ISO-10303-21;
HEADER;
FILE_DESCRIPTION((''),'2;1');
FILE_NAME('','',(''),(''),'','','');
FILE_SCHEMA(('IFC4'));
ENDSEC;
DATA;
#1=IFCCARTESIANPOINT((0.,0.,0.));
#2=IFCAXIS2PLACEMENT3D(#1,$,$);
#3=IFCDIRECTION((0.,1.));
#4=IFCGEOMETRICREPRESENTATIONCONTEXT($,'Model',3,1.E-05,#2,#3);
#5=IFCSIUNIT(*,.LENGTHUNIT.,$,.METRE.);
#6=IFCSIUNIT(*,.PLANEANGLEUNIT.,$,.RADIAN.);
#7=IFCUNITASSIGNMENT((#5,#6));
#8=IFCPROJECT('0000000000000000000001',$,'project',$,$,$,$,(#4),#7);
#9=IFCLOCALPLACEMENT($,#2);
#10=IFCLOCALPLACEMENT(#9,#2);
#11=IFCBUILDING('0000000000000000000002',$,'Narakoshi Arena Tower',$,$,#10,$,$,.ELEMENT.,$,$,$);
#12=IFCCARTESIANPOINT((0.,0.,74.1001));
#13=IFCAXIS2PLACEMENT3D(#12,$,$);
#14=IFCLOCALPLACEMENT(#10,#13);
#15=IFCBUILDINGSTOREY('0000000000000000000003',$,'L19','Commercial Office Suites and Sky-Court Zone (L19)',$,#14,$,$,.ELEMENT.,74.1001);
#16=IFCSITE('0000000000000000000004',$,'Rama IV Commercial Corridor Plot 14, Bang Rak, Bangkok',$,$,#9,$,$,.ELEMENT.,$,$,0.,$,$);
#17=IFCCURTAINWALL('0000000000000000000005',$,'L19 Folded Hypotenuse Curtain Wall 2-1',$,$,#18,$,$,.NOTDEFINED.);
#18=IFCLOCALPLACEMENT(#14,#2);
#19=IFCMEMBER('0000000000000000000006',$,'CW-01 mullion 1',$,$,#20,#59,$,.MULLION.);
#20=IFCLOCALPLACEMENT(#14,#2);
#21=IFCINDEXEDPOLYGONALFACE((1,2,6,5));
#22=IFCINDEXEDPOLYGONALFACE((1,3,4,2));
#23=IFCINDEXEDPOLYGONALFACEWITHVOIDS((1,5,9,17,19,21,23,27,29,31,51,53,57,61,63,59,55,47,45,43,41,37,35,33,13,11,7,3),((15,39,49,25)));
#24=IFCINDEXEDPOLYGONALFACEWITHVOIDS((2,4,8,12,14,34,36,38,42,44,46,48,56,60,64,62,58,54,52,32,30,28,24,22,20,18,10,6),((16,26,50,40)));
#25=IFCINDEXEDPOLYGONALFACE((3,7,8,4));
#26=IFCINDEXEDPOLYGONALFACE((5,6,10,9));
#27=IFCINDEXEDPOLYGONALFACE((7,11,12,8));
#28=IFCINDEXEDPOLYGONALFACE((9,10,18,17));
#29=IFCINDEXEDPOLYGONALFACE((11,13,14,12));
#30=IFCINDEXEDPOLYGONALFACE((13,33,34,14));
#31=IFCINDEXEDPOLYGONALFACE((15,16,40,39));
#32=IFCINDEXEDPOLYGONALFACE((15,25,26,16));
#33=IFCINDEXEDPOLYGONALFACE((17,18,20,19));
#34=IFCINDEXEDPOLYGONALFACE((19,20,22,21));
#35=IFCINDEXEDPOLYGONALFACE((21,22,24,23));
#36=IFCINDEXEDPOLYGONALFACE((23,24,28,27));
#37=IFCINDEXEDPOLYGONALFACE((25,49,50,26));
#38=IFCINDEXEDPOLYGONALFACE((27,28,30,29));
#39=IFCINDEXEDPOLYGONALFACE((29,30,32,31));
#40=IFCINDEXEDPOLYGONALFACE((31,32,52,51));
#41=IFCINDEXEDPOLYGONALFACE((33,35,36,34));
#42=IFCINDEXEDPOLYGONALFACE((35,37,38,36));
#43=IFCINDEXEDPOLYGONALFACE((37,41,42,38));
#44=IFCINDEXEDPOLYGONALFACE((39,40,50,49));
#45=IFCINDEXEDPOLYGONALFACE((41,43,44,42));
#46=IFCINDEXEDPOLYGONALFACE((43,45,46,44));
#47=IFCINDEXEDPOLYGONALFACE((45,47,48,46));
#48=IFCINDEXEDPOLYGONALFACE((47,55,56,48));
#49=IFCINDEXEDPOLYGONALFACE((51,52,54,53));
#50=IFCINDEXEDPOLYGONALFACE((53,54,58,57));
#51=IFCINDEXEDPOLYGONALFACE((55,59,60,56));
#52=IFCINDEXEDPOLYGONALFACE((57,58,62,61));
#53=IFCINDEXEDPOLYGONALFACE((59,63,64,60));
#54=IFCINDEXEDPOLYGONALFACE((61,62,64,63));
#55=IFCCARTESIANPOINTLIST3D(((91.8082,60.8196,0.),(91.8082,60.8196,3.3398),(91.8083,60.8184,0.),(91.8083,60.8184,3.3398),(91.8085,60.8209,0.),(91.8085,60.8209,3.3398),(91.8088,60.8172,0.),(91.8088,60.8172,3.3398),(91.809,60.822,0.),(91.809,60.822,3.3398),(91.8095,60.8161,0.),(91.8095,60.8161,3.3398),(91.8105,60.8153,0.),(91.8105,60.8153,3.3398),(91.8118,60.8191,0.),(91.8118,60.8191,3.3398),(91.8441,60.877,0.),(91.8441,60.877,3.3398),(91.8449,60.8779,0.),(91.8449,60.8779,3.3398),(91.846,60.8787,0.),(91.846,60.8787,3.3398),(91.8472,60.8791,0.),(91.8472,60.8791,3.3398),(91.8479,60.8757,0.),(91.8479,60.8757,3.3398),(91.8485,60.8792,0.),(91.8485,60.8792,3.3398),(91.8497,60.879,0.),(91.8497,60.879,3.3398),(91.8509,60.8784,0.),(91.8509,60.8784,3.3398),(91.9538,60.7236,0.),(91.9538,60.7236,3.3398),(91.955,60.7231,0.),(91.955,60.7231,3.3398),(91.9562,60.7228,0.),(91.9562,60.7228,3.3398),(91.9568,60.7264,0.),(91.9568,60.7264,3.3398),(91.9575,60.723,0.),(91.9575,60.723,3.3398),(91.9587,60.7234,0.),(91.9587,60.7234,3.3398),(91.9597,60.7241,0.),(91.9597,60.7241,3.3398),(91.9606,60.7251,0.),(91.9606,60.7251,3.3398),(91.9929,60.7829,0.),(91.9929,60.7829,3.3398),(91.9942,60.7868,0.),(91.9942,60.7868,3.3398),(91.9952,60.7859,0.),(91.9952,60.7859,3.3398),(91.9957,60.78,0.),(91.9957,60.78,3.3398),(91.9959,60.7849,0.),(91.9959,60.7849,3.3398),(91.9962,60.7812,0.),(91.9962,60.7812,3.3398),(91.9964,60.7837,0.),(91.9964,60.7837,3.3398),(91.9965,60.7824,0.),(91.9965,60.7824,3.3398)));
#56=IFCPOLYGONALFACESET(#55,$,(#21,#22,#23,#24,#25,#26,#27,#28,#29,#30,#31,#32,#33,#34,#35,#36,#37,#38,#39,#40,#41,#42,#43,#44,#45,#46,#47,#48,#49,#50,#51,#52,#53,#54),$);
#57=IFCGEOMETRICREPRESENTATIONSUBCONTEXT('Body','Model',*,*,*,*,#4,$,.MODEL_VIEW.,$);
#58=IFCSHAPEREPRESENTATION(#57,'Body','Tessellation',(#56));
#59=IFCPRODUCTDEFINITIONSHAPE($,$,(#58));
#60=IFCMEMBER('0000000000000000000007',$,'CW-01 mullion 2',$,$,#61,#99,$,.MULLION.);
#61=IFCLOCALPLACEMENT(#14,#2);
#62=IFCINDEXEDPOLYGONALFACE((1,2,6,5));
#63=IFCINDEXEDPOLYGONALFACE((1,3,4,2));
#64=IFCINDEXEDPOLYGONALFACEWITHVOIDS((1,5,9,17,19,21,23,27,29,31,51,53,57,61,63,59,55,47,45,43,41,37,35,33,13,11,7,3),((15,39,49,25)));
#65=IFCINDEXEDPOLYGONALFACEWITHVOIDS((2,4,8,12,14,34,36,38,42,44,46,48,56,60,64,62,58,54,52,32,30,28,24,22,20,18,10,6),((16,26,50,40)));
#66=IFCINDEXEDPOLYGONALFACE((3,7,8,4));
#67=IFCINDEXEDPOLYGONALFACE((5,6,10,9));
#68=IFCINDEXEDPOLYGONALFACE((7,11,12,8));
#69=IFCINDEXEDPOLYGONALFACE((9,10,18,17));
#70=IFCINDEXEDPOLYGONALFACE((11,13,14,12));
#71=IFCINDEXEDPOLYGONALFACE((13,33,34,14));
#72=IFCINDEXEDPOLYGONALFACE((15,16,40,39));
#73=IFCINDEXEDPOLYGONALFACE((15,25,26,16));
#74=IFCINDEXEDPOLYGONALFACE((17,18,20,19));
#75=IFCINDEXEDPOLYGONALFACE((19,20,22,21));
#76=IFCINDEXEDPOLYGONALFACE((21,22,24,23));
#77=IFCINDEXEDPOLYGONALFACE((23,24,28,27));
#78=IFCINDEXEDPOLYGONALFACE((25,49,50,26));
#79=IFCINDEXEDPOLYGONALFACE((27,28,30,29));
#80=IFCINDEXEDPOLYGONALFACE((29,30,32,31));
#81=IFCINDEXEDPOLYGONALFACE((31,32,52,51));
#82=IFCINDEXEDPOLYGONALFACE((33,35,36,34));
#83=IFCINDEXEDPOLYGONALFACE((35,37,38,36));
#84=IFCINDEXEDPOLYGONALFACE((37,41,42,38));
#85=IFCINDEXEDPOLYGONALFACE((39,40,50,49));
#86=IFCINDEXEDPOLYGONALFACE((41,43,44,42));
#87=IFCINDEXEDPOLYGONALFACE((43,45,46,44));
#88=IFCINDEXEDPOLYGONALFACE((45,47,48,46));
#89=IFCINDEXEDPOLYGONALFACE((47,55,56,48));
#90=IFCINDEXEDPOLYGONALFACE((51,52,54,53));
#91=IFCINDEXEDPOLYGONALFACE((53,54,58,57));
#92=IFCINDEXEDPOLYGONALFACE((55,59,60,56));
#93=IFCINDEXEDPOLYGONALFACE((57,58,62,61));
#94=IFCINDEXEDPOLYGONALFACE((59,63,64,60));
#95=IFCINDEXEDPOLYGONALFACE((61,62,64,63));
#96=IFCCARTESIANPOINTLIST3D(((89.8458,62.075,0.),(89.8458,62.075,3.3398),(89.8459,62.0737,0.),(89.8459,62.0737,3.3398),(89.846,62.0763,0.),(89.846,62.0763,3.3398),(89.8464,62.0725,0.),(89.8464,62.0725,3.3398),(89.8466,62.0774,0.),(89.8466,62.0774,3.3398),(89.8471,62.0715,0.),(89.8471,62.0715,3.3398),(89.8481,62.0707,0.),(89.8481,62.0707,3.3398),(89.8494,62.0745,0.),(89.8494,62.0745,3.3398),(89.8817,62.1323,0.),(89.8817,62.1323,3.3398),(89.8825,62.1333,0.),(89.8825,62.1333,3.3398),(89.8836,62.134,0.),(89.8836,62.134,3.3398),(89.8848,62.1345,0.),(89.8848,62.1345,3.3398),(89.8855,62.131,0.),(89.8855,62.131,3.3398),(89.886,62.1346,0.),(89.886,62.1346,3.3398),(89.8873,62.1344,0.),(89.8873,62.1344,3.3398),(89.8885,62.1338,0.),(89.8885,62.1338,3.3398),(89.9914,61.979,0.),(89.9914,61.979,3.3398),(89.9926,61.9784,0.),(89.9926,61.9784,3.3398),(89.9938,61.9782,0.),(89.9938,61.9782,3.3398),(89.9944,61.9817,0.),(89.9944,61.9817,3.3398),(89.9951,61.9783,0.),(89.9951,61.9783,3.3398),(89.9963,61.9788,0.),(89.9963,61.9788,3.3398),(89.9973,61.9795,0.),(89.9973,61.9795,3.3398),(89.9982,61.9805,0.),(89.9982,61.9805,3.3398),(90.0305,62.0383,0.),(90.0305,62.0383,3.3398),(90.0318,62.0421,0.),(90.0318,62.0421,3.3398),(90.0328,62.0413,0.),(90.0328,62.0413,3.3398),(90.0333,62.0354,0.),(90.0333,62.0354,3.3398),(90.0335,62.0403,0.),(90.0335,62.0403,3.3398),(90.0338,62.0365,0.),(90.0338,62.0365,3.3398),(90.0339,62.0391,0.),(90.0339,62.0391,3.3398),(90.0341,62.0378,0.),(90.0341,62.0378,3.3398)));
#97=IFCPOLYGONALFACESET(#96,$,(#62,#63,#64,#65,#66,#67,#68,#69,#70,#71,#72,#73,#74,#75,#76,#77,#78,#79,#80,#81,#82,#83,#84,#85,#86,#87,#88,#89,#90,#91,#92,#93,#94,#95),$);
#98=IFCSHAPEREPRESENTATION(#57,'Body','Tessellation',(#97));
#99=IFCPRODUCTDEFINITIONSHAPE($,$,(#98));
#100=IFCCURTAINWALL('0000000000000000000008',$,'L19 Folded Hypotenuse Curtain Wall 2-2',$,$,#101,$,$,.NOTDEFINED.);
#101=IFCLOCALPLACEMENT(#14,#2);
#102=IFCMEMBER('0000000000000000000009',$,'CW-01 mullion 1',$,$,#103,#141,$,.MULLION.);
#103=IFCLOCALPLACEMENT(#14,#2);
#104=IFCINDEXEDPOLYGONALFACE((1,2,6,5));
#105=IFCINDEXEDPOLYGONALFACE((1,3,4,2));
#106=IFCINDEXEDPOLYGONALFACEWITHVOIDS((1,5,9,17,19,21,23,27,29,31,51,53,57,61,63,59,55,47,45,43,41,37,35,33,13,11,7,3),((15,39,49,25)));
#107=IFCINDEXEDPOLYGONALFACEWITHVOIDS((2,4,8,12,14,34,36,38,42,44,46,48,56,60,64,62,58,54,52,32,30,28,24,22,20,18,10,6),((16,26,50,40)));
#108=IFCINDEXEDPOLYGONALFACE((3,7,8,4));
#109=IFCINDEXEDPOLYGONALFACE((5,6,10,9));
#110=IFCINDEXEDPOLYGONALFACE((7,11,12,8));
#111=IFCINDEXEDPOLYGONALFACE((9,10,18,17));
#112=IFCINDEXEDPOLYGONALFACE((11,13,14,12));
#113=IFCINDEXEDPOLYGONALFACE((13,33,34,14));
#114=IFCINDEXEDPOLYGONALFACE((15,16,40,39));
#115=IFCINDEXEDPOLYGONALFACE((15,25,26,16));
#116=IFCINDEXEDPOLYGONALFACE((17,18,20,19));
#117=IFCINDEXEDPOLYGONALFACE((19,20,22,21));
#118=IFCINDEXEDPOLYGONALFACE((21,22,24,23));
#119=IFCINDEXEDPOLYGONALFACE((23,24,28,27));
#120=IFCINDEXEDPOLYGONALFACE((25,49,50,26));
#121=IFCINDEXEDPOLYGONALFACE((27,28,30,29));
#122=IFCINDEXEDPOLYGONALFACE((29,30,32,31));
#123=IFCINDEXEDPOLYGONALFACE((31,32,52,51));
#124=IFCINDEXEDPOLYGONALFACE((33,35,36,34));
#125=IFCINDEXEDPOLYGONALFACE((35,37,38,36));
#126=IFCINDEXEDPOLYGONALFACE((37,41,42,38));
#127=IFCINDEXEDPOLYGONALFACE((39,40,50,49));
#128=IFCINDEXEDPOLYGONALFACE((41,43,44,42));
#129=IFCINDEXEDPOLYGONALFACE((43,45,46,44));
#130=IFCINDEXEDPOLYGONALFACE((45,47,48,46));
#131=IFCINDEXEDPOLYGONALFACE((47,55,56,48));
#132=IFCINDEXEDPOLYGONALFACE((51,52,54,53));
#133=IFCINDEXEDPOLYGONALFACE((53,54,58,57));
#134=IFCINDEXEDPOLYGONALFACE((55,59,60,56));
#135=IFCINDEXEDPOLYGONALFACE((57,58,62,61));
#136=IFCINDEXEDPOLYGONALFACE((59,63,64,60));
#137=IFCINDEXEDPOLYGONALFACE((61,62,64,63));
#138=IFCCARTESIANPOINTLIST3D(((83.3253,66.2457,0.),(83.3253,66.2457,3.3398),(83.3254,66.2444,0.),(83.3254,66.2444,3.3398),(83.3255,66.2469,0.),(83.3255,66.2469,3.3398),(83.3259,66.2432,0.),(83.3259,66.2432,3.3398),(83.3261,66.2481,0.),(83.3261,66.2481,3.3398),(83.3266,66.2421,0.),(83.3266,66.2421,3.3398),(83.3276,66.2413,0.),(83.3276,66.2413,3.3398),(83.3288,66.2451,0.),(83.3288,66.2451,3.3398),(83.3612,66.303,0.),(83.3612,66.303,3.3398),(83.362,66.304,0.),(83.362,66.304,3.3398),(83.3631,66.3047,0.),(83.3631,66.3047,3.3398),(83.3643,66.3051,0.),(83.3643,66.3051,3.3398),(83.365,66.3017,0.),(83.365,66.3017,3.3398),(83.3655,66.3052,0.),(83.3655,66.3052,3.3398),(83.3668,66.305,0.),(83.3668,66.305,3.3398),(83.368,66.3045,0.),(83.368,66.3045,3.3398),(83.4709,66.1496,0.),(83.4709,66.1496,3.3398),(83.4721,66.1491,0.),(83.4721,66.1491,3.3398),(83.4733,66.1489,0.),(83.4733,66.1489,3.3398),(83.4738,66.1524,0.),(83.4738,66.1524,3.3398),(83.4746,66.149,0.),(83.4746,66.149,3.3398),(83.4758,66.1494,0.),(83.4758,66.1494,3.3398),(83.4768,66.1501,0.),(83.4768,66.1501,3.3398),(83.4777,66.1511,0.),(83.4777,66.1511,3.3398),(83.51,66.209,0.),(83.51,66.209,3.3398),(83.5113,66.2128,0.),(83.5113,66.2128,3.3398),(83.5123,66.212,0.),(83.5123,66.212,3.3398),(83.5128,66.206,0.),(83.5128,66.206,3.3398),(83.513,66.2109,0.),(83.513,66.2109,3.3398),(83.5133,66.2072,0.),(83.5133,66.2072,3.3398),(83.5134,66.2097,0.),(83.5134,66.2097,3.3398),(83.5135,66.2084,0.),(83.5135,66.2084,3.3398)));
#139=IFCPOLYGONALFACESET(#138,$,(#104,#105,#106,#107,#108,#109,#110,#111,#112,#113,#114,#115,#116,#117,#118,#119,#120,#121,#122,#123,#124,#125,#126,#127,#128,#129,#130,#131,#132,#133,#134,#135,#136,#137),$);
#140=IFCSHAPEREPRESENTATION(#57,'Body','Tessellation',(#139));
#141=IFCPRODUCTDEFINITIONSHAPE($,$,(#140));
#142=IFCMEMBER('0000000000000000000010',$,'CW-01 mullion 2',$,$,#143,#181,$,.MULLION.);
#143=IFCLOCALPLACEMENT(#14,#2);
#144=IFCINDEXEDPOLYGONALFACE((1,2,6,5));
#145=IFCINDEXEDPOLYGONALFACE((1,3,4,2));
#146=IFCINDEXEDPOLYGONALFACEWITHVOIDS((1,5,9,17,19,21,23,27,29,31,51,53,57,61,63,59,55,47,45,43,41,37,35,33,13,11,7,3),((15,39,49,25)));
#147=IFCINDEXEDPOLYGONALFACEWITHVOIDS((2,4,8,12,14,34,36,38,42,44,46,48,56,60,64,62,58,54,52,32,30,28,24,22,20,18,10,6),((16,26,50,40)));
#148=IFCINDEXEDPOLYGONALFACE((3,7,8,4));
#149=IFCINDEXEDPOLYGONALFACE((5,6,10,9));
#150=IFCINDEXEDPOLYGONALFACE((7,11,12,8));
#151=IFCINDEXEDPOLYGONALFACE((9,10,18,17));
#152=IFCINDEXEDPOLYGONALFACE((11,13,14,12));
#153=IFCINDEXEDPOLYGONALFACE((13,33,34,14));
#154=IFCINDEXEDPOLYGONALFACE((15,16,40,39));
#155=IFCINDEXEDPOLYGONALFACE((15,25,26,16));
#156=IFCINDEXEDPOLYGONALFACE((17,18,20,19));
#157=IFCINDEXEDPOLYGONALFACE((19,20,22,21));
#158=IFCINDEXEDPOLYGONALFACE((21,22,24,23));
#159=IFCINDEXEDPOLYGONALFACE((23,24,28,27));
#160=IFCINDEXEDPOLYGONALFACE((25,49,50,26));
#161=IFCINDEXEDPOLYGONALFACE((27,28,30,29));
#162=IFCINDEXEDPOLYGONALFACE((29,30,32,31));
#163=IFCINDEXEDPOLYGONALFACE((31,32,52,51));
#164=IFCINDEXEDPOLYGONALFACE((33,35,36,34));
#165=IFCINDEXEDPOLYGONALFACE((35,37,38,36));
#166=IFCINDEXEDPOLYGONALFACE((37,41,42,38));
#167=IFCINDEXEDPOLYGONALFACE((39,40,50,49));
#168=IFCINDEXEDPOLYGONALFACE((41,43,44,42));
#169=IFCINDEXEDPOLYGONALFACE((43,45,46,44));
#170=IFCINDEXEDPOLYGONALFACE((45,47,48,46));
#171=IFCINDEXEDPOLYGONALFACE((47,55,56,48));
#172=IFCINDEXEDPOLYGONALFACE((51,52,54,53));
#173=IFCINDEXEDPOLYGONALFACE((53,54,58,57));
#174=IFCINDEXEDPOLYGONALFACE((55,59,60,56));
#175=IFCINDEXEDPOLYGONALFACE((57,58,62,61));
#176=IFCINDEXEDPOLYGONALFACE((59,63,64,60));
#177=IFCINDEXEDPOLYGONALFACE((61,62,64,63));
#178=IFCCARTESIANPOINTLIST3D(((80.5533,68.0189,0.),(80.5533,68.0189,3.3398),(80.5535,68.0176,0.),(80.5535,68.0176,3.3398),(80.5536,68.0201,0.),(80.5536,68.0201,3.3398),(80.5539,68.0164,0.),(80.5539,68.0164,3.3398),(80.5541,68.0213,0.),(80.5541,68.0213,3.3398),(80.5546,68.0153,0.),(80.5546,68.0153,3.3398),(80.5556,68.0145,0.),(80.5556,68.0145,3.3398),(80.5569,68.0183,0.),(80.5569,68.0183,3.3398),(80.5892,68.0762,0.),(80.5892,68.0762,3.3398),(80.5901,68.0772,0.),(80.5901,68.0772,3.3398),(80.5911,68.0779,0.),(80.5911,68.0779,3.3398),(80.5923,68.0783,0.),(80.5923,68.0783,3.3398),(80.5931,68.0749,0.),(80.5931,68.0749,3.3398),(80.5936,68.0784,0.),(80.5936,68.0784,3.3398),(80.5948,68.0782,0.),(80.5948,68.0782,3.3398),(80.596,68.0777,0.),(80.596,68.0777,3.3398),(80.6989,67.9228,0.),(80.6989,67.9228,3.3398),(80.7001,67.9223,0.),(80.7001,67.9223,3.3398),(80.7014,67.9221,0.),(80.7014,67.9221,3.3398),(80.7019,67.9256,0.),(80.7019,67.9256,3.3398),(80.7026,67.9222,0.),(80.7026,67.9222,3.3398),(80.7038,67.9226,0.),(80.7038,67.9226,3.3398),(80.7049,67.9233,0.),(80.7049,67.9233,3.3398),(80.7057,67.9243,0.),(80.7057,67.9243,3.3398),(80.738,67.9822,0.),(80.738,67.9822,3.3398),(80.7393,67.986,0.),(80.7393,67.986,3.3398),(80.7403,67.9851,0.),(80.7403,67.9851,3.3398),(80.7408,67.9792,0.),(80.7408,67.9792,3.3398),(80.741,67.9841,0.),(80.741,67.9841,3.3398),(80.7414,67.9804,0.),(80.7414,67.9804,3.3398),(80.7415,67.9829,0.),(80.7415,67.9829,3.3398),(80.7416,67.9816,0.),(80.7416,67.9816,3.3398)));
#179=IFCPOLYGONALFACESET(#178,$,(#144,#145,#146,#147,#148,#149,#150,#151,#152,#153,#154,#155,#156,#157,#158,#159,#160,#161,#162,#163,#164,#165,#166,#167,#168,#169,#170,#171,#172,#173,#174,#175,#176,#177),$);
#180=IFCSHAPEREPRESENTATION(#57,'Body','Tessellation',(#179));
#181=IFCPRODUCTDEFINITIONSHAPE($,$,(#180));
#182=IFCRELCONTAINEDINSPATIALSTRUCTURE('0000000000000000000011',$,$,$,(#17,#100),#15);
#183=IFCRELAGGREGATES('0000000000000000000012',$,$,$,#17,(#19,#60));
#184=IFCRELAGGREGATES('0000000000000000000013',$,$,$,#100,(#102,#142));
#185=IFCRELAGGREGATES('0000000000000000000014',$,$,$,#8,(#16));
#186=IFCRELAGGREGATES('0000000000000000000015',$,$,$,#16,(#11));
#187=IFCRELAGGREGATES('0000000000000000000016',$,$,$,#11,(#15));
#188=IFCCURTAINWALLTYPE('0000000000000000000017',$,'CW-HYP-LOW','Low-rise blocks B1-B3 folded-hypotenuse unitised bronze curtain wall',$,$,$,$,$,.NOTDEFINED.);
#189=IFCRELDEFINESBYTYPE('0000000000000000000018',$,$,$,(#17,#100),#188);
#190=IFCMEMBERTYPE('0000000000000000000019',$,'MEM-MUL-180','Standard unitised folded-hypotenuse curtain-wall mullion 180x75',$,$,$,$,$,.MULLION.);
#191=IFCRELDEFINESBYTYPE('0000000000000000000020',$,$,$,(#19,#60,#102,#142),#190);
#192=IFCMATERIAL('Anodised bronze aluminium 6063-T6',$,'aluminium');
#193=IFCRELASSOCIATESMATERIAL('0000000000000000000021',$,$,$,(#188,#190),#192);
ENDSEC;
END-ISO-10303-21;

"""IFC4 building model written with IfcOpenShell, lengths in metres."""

from ifc_helpers import new_model, si_unit, direction, frame, origin, origin_2d, place, context, subcontext, project, spatial, hollow_rectangle, extrude, material, material_profile, profile_set, type_object, element, aggregate, save


model = new_model("IFC4")

# Units and contexts
model_context = context("Model", 3, precision=1e-05, world=origin(), true_north=direction((0.0, 1.0)))
body_context = subcontext(model_context, "Body", "Model", "MODEL_VIEW")
ifc_project = project(units=[si_unit("LENGTHUNIT", "METRE"), si_unit("PLANEANGLEUNIT", "RADIAN")], contexts=[model_context])

# Site, building, storey
site_placement = place(None, origin())
site = spatial("IfcSite", under=ifc_project, at=site_placement, Name="Rama IV Commercial Corridor Plot 14, Bang Rak, Bangkok", CompositionType="ELEMENT", RefElevation=0.0)
building_placement = place(site_placement, origin())
building = spatial("IfcBuilding", under=site, at=building_placement, Name="Narakoshi Arena Tower", CompositionType="ELEMENT")
storey_placement = place(building_placement, frame((0.0, 0.0, 74.1001)))
storey = spatial("IfcBuildingStorey", under=building, at=storey_placement, Name="L19", Description="Commercial Office Suites and Sky-Court Zone (L19)", CompositionType="ELEMENT", Elevation=74.1001)

# Curtain walls, members
ifc_material_1 = material(Name="Anodised bronze aluminium 6063-T6", Category="aluminium")
curtain_wall_type = type_object("IfcCurtainWallType", Name="CW-HYP-LOW", Description="Low-rise blocks B1-B3 folded-hypotenuse unitised bronze curtain wall", PredefinedType="NOTDEFINED", material=ifc_material_1)
curtain_wall_1_placement = place(storey_placement, origin())
curtain_wall_1 = element("IfcCurtainWall", 1, at=curtain_wall_1_placement, inside=storey, type_object=curtain_wall_type, Name="L19 Folded Hypotenuse Curtain Wall 2-1", PredefinedType="NOTDEFINED")
ifc_material_profile_1 = material_profile(ifc_material_1, hollow_rectangle(XDim=0.075, YDim=0.1799, WallThickness=0.0039, OuterFilletRadius=0.0049, at=origin_2d()), Name="MUL180x75x4")
ifc_profile_set_1 = profile_set([ifc_material_profile_1], Name="Anodised bronze aluminium 6063-T6")
member_type_1 = type_object("IfcMemberType", Name="MEM-MUL-180", Description="Standard unitised folded-hypotenuse curtain-wall mullion 180x75", PredefinedType="MULLION", material=ifc_profile_set_1)
member_1_placement = place(storey_placement, frame((91.9023, 60.801, 0.0), z_axis=(0.0, 0.0, 1.0), x_axis=(-0.538822, -0.842419, 0.0)))
member_1 = element("IfcMember", 2, at=member_1_placement, type_object=member_type_1, Name="CW-01 mullion 1", PredefinedType="MULLION", context=body_context, shape_type="SweptSolid", body=[
    extrude(hollow_rectangle(XDim=0.075, YDim=0.1799, WallThickness=0.0039, OuterFilletRadius=0.0049, at=origin_2d()), origin(), (0.0, 0.0, 1.0), 3.3398),
])
member_2_placement = place(storey_placement, frame((89.9399, 62.0564, 0.0), z_axis=(0.0, 0.0, 1.0), x_axis=(-0.538822, -0.842419, 0.0)))
member_2 = element("IfcMember", 3, at=member_2_placement, type_object=member_type_1, Name="CW-01 mullion 2", PredefinedType="MULLION", context=body_context, shape_type="SweptSolid", body=[
    extrude(hollow_rectangle(XDim=0.075, YDim=0.1799, WallThickness=0.0039, OuterFilletRadius=0.0049, at=origin_2d()), origin(), (0.0, 0.0, 1.0), 3.3398),
])
curtain_wall_2_placement = place(storey_placement, origin())
curtain_wall_2 = element("IfcCurtainWall", 4, at=curtain_wall_2_placement, inside=storey, type_object=curtain_wall_type, Name="L19 Folded Hypotenuse Curtain Wall 2-2", PredefinedType="NOTDEFINED")
member_3_placement = place(storey_placement, frame((83.4194, 66.2271, 0.0), z_axis=(0.0, 0.0, 1.0), x_axis=(-0.538829, -0.842415, 0.0)))
member_3 = element("IfcMember", 5, at=member_3_placement, type_object=member_type_1, Name="CW-01 mullion 1", PredefinedType="MULLION", context=body_context, shape_type="SweptSolid", body=[
    extrude(hollow_rectangle(XDim=0.075, YDim=0.1799, WallThickness=0.0039, OuterFilletRadius=0.0049, at=origin_2d()), origin(), (0.0, 0.0, 1.0), 3.3398),
])
member_4_placement = place(storey_placement, frame((80.6475, 68.0002, 0.0), z_axis=(0.0, 0.0, 1.0), x_axis=(-0.538829, -0.842415, 0.0)))
member_4 = element("IfcMember", 6, at=member_4_placement, type_object=member_type_1, Name="CW-01 mullion 2", PredefinedType="MULLION", context=body_context, shape_type="SweptSolid", body=[
    extrude(hollow_rectangle(XDim=0.075, YDim=0.1799, WallThickness=0.0039, OuterFilletRadius=0.0049, at=origin_2d()), origin(), (0.0, 0.0, 1.0), 3.3398),
])

aggregate(curtain_wall_1, [member_1, member_2])
aggregate(curtain_wall_2, [member_3, member_4])

save(model, "model.ifc")
